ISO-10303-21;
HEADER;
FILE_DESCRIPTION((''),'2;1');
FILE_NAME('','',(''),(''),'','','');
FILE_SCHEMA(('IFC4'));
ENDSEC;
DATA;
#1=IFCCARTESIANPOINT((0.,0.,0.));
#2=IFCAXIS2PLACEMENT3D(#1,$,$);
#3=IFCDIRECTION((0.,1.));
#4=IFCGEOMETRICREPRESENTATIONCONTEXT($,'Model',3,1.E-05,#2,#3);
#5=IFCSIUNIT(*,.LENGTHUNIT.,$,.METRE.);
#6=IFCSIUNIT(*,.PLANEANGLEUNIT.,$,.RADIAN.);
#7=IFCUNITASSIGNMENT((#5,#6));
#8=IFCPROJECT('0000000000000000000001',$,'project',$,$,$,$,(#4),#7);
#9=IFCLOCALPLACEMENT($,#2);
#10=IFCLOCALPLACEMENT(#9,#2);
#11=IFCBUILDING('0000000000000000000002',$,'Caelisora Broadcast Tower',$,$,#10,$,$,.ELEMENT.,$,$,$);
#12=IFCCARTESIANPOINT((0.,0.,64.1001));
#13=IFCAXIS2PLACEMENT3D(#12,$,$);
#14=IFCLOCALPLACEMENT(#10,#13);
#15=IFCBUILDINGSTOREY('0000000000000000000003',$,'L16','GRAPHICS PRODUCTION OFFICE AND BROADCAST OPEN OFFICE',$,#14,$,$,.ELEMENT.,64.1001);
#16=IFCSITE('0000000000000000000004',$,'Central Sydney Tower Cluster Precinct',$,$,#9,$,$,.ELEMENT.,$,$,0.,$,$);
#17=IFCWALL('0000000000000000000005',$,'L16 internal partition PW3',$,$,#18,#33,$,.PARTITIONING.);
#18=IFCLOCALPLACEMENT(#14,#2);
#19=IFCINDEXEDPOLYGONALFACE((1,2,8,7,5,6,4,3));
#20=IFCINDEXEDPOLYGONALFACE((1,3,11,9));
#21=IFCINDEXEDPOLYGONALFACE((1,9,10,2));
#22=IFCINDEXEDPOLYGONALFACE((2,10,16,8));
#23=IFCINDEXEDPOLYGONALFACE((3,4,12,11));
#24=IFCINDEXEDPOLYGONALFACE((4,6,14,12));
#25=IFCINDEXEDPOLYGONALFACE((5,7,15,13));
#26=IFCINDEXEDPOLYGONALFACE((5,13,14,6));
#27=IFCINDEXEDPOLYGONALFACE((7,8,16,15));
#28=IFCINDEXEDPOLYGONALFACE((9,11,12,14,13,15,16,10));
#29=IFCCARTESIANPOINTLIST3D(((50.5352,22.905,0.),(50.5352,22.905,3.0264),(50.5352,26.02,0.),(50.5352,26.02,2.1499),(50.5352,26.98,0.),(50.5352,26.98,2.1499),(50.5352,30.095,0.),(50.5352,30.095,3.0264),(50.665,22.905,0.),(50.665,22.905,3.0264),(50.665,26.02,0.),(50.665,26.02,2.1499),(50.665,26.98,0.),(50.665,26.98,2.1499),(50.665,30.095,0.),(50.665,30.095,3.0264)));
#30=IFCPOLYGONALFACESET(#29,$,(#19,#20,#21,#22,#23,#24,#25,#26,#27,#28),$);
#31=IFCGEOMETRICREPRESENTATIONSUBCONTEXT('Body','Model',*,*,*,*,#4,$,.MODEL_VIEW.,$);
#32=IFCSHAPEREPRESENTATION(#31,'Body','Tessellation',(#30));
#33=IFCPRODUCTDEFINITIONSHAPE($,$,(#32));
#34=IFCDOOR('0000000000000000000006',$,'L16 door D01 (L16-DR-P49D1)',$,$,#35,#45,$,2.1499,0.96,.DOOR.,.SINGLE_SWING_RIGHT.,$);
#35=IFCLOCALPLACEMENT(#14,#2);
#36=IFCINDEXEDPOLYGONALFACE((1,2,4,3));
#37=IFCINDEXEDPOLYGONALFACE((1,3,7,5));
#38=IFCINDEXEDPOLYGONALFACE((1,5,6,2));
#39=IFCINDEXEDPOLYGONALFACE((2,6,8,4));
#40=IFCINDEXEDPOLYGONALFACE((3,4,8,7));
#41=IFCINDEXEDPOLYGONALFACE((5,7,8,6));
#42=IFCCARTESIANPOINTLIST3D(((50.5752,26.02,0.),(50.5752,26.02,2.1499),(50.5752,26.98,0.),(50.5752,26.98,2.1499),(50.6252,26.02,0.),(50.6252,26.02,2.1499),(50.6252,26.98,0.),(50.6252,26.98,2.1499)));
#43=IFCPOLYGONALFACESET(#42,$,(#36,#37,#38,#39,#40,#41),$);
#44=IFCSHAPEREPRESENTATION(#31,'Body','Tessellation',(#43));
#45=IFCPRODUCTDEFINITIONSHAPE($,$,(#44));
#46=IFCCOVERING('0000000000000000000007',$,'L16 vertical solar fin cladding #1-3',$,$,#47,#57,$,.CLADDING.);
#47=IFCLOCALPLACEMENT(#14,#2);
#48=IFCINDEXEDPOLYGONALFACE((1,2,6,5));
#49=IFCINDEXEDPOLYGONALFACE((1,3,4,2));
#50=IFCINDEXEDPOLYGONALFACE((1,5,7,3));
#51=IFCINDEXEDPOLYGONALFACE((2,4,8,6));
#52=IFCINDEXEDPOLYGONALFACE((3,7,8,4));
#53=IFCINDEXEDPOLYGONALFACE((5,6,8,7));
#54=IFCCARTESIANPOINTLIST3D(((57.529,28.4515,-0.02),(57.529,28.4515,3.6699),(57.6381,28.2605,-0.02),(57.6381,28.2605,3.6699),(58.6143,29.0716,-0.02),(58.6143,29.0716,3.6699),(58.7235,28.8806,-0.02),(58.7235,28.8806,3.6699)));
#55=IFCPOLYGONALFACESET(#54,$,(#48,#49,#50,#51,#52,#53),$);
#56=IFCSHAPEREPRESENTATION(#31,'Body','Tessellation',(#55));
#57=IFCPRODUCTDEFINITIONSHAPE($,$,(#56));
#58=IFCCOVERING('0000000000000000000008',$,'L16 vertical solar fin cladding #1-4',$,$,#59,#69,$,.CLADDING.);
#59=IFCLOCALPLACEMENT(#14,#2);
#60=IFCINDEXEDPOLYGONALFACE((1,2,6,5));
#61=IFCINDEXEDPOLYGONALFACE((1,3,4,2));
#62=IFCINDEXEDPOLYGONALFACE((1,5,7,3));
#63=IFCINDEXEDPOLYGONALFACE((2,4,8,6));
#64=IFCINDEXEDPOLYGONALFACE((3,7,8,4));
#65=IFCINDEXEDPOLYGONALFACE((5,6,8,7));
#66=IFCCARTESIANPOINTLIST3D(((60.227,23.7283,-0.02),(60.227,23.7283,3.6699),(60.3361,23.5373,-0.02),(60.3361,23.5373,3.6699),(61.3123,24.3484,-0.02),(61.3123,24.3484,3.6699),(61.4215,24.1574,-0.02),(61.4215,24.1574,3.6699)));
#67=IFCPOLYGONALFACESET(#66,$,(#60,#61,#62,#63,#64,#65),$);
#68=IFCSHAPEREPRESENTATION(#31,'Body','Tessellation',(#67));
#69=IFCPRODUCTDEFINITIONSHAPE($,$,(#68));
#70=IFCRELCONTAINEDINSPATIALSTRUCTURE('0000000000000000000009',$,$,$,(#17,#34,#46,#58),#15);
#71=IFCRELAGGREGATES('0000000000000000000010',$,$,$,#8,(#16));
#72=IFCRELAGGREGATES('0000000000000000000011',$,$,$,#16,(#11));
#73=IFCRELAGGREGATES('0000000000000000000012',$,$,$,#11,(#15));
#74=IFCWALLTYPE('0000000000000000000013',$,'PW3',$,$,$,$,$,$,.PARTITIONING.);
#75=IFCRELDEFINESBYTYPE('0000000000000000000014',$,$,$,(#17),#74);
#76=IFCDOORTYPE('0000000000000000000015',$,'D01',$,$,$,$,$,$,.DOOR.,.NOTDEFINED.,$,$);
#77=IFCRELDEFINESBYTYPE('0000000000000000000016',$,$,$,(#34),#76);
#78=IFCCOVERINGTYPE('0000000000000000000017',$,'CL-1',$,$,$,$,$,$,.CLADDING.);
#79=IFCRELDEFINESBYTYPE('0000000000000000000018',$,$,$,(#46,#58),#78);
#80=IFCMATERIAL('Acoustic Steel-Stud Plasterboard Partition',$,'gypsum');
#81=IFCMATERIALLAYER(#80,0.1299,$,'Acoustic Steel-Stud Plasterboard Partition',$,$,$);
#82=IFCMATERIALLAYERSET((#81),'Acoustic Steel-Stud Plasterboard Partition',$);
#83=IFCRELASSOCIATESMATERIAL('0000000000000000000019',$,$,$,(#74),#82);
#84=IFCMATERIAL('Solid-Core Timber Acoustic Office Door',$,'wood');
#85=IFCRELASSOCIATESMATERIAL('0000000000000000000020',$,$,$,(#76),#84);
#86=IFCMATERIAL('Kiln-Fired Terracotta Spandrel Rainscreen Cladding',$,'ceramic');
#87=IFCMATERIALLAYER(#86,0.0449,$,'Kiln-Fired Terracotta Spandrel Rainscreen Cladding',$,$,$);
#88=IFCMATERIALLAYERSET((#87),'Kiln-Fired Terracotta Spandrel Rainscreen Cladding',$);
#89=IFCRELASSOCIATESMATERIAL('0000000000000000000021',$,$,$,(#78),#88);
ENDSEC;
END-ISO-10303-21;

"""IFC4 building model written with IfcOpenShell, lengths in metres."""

from ifc_helpers import new_model, si_unit, direction, frame, frame_2d, origin, origin_2d, place, context, subcontext, project, spatial, rectangle, extrude, source, transform, mapped, material, layer, layer_set, type_object, type_shapes, element, fill, save


model = new_model("IFC4")

# Units and contexts
model_context = context("Model", 3, precision=1e-05, world=origin(), true_north=direction((0.0, 1.0)))
body_context = subcontext(model_context, "Body", "Model", "MODEL_VIEW")
ifc_project = project(units=[si_unit("LENGTHUNIT", "METRE"), si_unit("PLANEANGLEUNIT", "RADIAN")], contexts=[model_context])

# Site, building, storey
site_placement = place(None, origin())
site = spatial("IfcSite", under=ifc_project, at=site_placement, Name="Central Sydney Tower Cluster Precinct", CompositionType="ELEMENT", RefElevation=0.0)
building_placement = place(site_placement, origin())
building = spatial("IfcBuilding", under=site, at=building_placement, Name="Caelisora Broadcast Tower", CompositionType="ELEMENT")
storey_placement = place(building_placement, frame((0.0, 0.0, 64.1001)))
storey = spatial("IfcBuildingStorey", under=building, at=storey_placement, Name="L16", Description="GRAPHICS PRODUCTION OFFICE AND BROADCAST OPEN OFFICE", CompositionType="ELEMENT", Elevation=64.1001)

# Wall, opening, door
ifc_material_1 = material(Name="Acoustic Steel-Stud Plasterboard Partition", Category="gypsum")
ifc_layer_1 = layer(ifc_material_1, 0.1299, Name="Acoustic Steel-Stud Plasterboard Partition")
ifc_layer_set_1 = layer_set([ifc_layer_1], Name="Acoustic Steel-Stud Plasterboard Partition")
wall_type_1 = type_object("IfcWallType", Name="PW3", PredefinedType="PARTITIONING", material=ifc_layer_set_1)
wall_1_placement = place(storey_placement, frame((50.6001, 22.905, 0.0), z_axis=(0.0, 0.0, 1.0), x_axis=(0.0, 1.0, 0.0)))
wall_1 = element("IfcWall", 1, at=wall_1_placement, inside=storey, type_object=wall_type_1, Name="L16 internal partition PW3", PredefinedType="PARTITIONING", context=body_context, shape_type="SweptSolid", body=[
    extrude(rectangle(XDim=7.1899, YDim=0.1299, at=frame_2d((3.595, 0.0))), origin(), (0.0, 0.0, 1.0), 3.0264),
])
opening_1_placement = place(wall_1_placement, frame((3.115, 0.0, 0.0)))
opening_1 = element("IfcOpeningElement", 2, at=opening_1_placement, cuts=wall_1, PredefinedType="OPENING", context=body_context, shape_type="SweptSolid", body=[
    extrude(rectangle(XDim=0.96, YDim=2.1499, at=frame_2d((0.48, 1.075))), frame((0.0, 0.0769, 0.0), z_axis=(0.0, -1.0, 0.0), x_axis=(1.0, 0.0, 0.0)), (0.0, 0.0, 1.0), 0.1538),
])
ifc_material_2 = material(Name="Solid-Core Timber Acoustic Office Door", Category="wood")
door_type_1 = type_object("IfcDoorType", Name="D01", OperationType="NOTDEFINED", PredefinedType="DOOR", material=ifc_material_2)
door_1_placement = place(opening_1_placement, origin())
door_1 = element("IfcDoor", 3, at=door_1_placement, inside=storey, type_object=door_type_1, Name="L16 door D01 (L16-DR-P49D1)", OperationType="SINGLE_SWING_RIGHT", OverallHeight=2.1499, OverallWidth=0.96, PredefinedType="DOOR", context=body_context, shape_type="SweptSolid", body=[
    extrude(rectangle(XDim=0.96, YDim=2.1499, at=frame_2d((0.48, 1.075))), frame((0.0, 0.0249, 0.0), z_axis=(0.0, -1.0, 0.0), x_axis=(1.0, 0.0, 0.0)), (0.0, 0.0, 1.0), 0.05),
])
fill(opening_1, door_1)

# Coverings
ifc_material_3 = material(Name="Kiln-Fired Terracotta Spandrel Rainscreen Cladding", Category="ceramic")
ifc_layer_2 = layer(ifc_material_3, 0.0449, Name="Kiln-Fired Terracotta Spandrel Rainscreen Cladding")
ifc_layer_set_2 = layer_set([ifc_layer_2], Name="Kiln-Fired Terracotta Spandrel Rainscreen Cladding")
covering_type = type_object("IfcCoveringType", Name="CL-1", PredefinedType="CLADDING", material=ifc_layer_set_2)
shared_shape_1 = source(origin(), body_context, "Body", "SweptSolid", [
    extrude(rectangle(XDim=0.22, YDim=1.25, at=origin_2d()), origin(), (0.0, 0.0, 1.0), 3.6899),
])
type_shapes(covering_type, [shared_shape_1])
for number, where, z_axis, x_axis, name in (
    (4, (58.1262, 28.666, -0.02), (0.0, 0.0, 1.0), (0.496065, -0.868285, 0.0), "L16 vertical solar fin cladding #1-3"),
    (5, (60.8242, 23.9429, -0.02), (0.0, 0.0, 1.0), (0.496065, -0.868285, 0.0), "L16 vertical solar fin cladding #1-4"),
):
    element("IfcCovering", number, at=place(storey_placement, frame(where, z_axis=z_axis, x_axis=x_axis)), inside=storey, type_object=covering_type, Name=name, PredefinedType="CLADDING", context=body_context, shape_type="MappedRepresentation", body=[
        mapped(shared_shape_1, transform((0.0, 0.0, 0.0), scale=1.0)),
    ])

save(model, "model.ifc")
